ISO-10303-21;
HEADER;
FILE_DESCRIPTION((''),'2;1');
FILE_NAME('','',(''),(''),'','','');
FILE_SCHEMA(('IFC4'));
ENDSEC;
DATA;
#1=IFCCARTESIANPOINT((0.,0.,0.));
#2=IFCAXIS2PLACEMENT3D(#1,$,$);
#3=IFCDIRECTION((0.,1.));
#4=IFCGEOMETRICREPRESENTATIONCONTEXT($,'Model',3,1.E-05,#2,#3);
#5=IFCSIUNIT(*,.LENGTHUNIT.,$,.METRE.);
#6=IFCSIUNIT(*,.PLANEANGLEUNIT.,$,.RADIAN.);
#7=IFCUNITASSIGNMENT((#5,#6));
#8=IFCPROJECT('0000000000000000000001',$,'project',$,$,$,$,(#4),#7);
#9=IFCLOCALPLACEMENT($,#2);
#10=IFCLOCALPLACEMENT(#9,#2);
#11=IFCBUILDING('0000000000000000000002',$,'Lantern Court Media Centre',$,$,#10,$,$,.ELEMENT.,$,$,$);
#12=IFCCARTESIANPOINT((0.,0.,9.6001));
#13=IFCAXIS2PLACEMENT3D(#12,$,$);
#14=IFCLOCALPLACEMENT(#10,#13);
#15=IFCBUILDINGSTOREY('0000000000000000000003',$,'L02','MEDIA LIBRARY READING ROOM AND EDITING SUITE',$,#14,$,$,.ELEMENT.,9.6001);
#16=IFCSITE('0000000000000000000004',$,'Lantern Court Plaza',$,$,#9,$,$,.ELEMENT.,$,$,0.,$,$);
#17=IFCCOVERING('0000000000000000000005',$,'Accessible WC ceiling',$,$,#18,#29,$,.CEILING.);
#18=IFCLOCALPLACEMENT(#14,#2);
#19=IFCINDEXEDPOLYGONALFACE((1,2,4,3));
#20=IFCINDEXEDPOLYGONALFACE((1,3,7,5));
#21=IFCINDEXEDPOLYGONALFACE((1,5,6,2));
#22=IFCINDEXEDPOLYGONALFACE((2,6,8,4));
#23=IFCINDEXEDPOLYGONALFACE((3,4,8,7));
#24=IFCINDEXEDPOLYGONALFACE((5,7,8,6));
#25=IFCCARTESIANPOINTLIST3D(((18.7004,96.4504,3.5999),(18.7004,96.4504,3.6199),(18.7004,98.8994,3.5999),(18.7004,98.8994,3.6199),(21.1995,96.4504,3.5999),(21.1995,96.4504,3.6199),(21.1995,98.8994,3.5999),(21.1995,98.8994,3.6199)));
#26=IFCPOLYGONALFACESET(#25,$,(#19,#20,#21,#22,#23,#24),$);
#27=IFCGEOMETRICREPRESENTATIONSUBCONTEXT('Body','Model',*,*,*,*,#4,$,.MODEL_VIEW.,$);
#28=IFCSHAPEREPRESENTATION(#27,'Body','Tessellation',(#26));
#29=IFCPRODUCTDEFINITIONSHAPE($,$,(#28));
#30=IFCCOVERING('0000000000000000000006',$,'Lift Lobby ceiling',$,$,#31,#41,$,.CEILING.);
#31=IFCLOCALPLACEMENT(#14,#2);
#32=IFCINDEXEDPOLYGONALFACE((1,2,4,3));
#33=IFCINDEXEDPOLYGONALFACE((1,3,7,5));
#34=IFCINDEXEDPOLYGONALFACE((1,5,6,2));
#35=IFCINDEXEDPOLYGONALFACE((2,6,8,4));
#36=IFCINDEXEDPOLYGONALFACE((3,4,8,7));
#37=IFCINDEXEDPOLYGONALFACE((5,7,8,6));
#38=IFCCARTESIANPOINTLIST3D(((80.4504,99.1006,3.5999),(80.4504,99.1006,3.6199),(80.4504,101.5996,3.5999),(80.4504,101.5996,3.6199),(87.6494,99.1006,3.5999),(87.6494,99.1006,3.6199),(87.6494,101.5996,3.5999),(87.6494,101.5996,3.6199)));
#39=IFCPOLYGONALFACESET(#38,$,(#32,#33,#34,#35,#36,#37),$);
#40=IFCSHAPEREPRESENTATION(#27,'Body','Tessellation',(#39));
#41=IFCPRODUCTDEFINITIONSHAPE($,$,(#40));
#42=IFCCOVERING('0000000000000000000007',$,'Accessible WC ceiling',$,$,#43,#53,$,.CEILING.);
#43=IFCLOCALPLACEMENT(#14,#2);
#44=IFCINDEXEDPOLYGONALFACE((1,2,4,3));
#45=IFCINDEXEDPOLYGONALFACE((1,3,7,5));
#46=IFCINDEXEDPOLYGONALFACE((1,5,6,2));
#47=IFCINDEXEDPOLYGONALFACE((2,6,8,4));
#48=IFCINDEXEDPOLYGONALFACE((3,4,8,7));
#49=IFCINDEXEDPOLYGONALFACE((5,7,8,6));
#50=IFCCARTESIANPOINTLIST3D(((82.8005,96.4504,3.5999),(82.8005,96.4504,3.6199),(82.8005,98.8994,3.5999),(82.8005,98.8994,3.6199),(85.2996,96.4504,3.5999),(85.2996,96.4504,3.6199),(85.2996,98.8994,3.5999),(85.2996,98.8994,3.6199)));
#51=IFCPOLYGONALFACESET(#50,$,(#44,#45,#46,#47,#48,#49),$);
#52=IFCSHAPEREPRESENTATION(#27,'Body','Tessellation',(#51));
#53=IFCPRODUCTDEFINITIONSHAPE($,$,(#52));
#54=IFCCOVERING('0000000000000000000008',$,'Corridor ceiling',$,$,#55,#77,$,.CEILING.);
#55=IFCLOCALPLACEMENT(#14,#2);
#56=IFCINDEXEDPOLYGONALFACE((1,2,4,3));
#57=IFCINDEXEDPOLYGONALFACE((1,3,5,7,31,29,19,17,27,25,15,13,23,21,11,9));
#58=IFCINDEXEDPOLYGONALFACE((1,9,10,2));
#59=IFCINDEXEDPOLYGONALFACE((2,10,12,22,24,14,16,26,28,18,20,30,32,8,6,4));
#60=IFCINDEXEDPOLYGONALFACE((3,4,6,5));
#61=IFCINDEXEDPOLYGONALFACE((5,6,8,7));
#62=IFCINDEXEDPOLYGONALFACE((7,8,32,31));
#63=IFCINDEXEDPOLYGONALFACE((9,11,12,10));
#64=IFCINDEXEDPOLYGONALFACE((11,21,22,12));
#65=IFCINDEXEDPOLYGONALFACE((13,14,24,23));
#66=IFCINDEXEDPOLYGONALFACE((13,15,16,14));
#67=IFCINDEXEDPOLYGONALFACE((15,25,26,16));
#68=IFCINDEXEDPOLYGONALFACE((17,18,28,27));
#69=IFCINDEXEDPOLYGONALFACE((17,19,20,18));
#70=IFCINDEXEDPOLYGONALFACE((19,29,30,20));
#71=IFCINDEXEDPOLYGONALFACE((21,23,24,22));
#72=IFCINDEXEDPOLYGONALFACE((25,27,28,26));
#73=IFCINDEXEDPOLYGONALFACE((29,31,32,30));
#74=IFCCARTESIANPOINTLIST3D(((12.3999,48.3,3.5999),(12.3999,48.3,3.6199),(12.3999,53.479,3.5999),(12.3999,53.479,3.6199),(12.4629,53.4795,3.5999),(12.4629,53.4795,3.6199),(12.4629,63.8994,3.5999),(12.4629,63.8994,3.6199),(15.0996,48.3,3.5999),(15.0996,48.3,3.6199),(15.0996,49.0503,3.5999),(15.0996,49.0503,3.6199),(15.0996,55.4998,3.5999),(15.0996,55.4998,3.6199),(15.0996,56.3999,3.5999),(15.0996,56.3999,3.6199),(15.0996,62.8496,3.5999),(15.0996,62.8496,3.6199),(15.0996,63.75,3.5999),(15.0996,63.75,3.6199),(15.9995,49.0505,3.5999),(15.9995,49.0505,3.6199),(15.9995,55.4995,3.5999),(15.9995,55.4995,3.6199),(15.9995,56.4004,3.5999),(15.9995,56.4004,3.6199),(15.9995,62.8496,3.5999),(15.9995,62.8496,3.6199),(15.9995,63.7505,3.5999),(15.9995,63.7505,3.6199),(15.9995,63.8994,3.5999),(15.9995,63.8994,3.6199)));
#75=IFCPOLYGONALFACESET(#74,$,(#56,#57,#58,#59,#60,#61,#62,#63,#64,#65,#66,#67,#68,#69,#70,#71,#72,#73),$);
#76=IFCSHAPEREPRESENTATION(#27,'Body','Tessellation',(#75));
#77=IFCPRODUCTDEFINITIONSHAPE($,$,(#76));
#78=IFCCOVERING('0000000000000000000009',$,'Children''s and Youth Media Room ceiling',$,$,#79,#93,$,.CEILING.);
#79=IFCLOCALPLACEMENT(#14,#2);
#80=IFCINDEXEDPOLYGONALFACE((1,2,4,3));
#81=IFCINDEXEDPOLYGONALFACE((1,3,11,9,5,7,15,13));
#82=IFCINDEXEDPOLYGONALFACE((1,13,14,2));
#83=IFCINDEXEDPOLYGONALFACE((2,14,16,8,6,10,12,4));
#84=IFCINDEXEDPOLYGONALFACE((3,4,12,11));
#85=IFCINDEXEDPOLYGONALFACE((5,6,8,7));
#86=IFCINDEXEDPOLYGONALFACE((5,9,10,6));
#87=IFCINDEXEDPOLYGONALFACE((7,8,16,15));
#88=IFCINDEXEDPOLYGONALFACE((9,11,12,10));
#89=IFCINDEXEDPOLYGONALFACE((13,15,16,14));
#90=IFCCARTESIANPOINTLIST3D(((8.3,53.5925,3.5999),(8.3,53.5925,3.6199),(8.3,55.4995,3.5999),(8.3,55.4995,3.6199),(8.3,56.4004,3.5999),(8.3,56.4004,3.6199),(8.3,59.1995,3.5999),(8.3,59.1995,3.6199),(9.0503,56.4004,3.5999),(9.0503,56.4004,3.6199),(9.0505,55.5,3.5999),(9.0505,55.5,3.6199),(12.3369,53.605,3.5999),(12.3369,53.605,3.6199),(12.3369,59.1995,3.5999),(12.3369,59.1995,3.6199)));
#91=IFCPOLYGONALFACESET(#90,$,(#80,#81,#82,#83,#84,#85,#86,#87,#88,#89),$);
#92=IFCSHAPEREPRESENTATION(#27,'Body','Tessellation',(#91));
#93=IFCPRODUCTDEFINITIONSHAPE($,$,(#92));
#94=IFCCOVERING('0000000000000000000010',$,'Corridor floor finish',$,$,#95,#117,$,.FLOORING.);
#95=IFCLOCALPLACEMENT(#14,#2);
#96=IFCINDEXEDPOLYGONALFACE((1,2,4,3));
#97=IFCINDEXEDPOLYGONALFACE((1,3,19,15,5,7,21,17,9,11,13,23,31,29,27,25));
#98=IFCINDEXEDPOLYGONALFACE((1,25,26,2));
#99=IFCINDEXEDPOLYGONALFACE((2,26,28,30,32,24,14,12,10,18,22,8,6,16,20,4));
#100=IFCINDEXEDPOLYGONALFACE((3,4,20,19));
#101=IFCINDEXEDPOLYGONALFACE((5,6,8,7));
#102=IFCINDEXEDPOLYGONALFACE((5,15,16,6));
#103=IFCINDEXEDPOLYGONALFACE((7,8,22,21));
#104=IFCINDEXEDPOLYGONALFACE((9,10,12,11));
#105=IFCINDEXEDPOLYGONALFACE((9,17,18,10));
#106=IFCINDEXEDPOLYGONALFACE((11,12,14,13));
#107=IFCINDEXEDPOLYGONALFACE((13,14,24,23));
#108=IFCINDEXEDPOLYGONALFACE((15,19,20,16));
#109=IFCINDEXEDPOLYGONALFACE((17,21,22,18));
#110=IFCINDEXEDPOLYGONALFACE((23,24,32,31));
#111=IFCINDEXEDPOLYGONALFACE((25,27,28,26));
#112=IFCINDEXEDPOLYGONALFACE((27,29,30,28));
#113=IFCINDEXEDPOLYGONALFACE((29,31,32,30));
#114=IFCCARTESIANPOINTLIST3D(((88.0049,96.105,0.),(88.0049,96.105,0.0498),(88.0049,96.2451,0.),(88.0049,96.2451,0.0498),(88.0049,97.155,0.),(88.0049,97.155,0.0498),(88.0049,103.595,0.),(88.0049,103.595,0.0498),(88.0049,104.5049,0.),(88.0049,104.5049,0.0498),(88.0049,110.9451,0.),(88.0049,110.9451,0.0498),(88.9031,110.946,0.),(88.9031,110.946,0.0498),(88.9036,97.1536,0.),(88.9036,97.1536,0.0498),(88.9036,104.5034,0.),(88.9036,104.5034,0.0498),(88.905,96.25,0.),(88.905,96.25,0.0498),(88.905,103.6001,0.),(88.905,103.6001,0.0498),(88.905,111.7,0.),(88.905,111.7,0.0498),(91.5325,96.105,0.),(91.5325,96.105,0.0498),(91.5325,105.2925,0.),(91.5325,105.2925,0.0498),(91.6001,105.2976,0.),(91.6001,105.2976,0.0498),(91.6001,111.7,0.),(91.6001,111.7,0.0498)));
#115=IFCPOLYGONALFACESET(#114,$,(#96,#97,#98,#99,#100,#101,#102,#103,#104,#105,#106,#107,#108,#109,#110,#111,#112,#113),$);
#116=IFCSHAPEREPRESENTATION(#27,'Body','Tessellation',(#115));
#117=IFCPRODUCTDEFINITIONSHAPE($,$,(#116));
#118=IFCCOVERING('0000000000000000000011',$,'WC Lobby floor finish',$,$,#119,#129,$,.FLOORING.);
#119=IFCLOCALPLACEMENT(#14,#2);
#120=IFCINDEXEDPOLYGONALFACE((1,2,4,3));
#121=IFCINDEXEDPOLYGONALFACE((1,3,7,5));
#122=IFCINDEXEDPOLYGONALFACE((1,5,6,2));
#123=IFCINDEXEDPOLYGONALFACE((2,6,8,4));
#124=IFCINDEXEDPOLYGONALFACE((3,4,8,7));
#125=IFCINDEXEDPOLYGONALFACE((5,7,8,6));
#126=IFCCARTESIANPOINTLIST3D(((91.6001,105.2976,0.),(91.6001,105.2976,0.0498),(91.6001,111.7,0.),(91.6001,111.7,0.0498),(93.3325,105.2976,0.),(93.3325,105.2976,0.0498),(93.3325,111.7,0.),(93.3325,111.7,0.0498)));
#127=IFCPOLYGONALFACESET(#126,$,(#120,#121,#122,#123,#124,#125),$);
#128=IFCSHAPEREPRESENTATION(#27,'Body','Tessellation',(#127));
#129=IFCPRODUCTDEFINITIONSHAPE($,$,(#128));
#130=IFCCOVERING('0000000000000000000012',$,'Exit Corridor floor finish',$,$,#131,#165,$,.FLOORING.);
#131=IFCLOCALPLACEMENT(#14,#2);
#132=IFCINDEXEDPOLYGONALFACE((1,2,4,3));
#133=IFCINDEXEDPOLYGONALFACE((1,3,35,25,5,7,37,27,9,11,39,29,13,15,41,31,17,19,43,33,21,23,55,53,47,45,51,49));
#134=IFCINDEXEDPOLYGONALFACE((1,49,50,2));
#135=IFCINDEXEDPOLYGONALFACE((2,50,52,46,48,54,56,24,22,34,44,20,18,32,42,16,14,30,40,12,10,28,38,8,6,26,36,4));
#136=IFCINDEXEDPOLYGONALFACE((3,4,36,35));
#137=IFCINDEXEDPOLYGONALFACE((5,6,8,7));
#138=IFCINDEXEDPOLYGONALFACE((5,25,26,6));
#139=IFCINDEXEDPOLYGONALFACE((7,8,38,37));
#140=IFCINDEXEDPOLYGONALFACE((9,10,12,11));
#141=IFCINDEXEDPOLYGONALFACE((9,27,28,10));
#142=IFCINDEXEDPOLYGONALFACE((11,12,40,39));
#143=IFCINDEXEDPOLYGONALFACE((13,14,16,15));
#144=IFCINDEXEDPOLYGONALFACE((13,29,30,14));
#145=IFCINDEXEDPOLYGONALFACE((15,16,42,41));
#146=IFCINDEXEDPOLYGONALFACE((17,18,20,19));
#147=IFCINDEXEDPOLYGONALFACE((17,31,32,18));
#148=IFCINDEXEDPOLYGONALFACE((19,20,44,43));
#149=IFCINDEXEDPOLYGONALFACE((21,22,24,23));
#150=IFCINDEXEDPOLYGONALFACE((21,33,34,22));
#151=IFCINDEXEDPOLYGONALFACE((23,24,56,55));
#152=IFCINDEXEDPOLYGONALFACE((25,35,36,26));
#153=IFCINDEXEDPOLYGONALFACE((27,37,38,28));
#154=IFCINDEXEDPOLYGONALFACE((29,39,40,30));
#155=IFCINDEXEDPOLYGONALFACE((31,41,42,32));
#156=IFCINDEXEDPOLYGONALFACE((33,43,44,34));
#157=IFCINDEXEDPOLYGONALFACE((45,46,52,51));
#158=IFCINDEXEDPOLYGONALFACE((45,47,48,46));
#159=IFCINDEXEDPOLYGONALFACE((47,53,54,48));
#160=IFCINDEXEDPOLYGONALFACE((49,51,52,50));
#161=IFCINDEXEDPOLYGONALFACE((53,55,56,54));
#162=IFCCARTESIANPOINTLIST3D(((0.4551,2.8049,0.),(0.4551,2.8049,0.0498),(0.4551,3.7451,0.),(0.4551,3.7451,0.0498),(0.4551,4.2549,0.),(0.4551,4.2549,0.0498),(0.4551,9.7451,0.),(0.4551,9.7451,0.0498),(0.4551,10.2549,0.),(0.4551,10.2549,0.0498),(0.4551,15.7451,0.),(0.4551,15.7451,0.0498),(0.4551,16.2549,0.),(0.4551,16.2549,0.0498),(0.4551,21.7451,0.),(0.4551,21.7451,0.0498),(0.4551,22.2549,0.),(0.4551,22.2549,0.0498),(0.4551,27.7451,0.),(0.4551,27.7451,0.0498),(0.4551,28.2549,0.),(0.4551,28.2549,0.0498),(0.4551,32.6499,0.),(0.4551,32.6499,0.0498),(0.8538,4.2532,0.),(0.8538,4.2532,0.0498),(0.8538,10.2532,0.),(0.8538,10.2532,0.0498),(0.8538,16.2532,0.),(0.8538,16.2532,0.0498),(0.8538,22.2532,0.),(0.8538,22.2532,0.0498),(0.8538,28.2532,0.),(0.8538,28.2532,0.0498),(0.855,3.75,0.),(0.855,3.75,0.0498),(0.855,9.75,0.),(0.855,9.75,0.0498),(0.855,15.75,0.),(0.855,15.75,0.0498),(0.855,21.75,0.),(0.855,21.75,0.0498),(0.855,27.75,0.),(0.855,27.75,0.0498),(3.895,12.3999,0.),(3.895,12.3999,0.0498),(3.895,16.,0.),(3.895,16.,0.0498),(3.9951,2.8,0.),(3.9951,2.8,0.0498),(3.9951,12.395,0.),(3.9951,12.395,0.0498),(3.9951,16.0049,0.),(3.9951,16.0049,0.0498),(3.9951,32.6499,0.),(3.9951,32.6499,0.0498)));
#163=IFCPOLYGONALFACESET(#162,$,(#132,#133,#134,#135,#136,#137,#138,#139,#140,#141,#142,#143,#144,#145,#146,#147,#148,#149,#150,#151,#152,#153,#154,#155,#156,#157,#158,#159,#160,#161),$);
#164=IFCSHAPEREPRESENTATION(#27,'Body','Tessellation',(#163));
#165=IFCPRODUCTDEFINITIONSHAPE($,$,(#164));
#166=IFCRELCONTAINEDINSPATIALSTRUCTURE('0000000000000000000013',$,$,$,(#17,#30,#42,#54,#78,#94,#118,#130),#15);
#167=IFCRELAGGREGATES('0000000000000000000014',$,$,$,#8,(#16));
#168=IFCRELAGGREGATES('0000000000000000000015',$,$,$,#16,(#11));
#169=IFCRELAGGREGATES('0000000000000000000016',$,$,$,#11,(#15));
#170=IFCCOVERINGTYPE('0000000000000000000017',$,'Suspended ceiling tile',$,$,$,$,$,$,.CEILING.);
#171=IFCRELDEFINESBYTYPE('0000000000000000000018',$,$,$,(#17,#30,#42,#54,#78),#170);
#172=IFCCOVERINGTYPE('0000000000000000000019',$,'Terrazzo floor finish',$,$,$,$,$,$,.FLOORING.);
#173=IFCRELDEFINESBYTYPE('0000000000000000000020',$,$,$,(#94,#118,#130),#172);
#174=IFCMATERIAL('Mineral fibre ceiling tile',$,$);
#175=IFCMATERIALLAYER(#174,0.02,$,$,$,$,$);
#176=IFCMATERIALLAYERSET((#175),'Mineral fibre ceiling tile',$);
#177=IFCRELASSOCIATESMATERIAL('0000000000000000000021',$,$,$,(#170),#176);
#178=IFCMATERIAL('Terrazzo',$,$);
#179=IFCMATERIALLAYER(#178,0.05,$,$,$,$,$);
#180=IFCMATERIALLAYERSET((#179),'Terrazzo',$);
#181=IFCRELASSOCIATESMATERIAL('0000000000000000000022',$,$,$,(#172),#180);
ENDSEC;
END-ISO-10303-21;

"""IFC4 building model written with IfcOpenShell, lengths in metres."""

from ifc_helpers import new_model, si_unit, direction, frame, origin, place, context, subcontext, project, spatial, polyline, outline, extrude, material, layer, layer_set, type_object, element, save


model = new_model("IFC4")

# Units and contexts
model_context = context("Model", 3, precision=1e-05, world=origin(), true_north=direction((0.0, 1.0)))
body_context = subcontext(model_context, "Body", "Model", "MODEL_VIEW")
ifc_project = project(units=[si_unit("LENGTHUNIT", "METRE"), si_unit("PLANEANGLEUNIT", "RADIAN")], contexts=[model_context])

# Site, building, storey
site_placement = place(None, origin())
site = spatial("IfcSite", under=ifc_project, at=site_placement, Name="Lantern Court Plaza", CompositionType="ELEMENT", RefElevation=0.0)
building_placement = place(site_placement, origin())
building = spatial("IfcBuilding", under=site, at=building_placement, Name="Lantern Court Media Centre", CompositionType="ELEMENT")
storey_placement = place(building_placement, frame((0.0, 0.0, 9.6001)))
storey = spatial("IfcBuildingStorey", under=building, at=storey_placement, Name="L02", Description="MEDIA LIBRARY READING ROOM AND EDITING SUITE", CompositionType="ELEMENT", Elevation=9.6001)

# Coverings
ifc_material_1 = material(Name="Mineral fibre ceiling tile")
ifc_layer_1 = layer(ifc_material_1, 0.02)
ifc_layer_set_1 = layer_set([ifc_layer_1], Name="Mineral fibre ceiling tile")
covering_type_1 = type_object("IfcCoveringType", Name="Suspended ceiling tile", PredefinedType="CEILING", material=ifc_layer_set_1)
covering_1_placement = place(storey_placement, frame((0.0, 0.0, 3.5999)))
element("IfcCovering", 1, at=covering_1_placement, inside=storey, type_object=covering_type_1, Name="Accessible WC ceiling", PredefinedType="CEILING", context=body_context, shape_type="SweptSolid", body=[
    extrude(outline(polyline([(18.7004, 98.8994), (21.1995, 98.8994), (21.1995, 96.4504), (18.7004, 96.4504), (18.7004, 98.8994)])), origin(), (0.0, 0.0, 1.0), 0.02),
])
covering_2_placement = place(storey_placement, frame((0.0, 0.0, 3.5999)))
element("IfcCovering", 2, at=covering_2_placement, inside=storey, type_object=covering_type_1, Name="Lift Lobby ceiling", PredefinedType="CEILING", context=body_context, shape_type="SweptSolid", body=[
    extrude(outline(polyline([(80.4504, 101.5996), (87.6494, 101.5996), (87.6494, 99.1006), (80.4504, 99.1006), (80.4504, 101.5996)])), origin(), (0.0, 0.0, 1.0), 0.02),
])
covering_3_placement = place(storey_placement, frame((0.0, 0.0, 3.5999)))
element("IfcCovering", 3, at=covering_3_placement, inside=storey, type_object=covering_type_1, Name="Accessible WC ceiling", PredefinedType="CEILING", context=body_context, shape_type="SweptSolid", body=[
    extrude(outline(polyline([(82.8005, 96.4504), (82.8005, 98.8994), (85.2996, 98.8994), (85.2996, 96.4504), (82.8005, 96.4504)])), origin(), (0.0, 0.0, 1.0), 0.02),
])
covering_4_placement = place(storey_placement, frame((0.0, 0.0, 3.5999)))
element("IfcCovering", 4, at=covering_4_placement, inside=storey, type_object=covering_type_1, Name="Corridor ceiling", PredefinedType="CEILING", context=body_context, shape_type="SweptSolid", body=[
    extrude(outline(polyline([(12.3999, 48.3), (12.3999, 53.479), (12.4629, 53.4795), (12.4629, 63.8994), (15.9995, 63.8994), (15.9995, 63.7505), (15.0996, 63.75), (15.0996, 62.8496), (15.9995, 62.8496), (15.9995, 56.4004), (15.0996, 56.3999), (15.0996, 55.4998), (15.9995, 55.4995), (15.9995, 49.0505), (15.0996, 49.0503), (15.0996, 48.3), (12.3999, 48.3)])), origin(), (0.0, 0.0, 1.0), 0.02),
])
covering_5_placement = place(storey_placement, frame((0.0, 0.0, 3.5999)))
element("IfcCovering", 5, at=covering_5_placement, inside=storey, type_object=covering_type_1, Name="Children's and Youth Media Room ceiling", PredefinedType="CEILING", context=body_context, shape_type="SweptSolid", body=[
    extrude(outline(polyline([(8.3, 59.1995), (12.3369, 59.1995), (12.3369, 53.605), (8.3, 53.5925), (8.3, 55.4995), (9.0505, 55.5), (9.0503, 56.4004), (8.3, 56.4004), (8.3, 59.1995)])), origin(), (0.0, 0.0, 1.0), 0.02),
])
ifc_material_2 = material(Name="Terrazzo")
ifc_layer_2 = layer(ifc_material_2, 0.05)
ifc_layer_set_2 = layer_set([ifc_layer_2], Name="Terrazzo")
covering_type_2 = type_object("IfcCoveringType", Name="Terrazzo floor finish", PredefinedType="FLOORING", material=ifc_layer_set_2)
covering_6_placement = place(storey_placement, origin())
element("IfcCovering", 6, at=covering_6_placement, inside=storey, type_object=covering_type_2, Name="Corridor floor finish", PredefinedType="FLOORING", context=body_context, shape_type="SweptSolid", body=[
    extrude(outline(polyline([(91.6001, 111.7), (91.6001, 105.2976), (91.5325, 105.2925), (91.5325, 96.105), (88.0049, 96.105), (88.0049, 96.2451), (88.905, 96.25), (88.9036, 97.1536), (88.0049, 97.155), (88.0049, 103.595), (88.905, 103.6001), (88.9036, 104.5034), (88.0049, 104.5049), (88.0049, 110.9451), (88.9031, 110.946), (88.905, 111.7), (91.6001, 111.7)])), origin(), (0.0, 0.0, 1.0), 0.0498),
])
covering_7_placement = place(storey_placement, origin())
element("IfcCovering", 7, at=covering_7_placement, inside=storey, type_object=covering_type_2, Name="WC Lobby floor finish", PredefinedType="FLOORING", context=body_context, shape_type="SweptSolid", body=[
    extrude(outline(polyline([(91.6001, 111.7), (93.3325, 111.7), (93.3325, 105.2976), (91.6001, 105.2976), (91.6001, 111.7)])), origin(), (0.0, 0.0, 1.0), 0.0498),
])
covering_8_placement = place(storey_placement, origin())
element("IfcCovering", 8, at=covering_8_placement, inside=storey, type_object=covering_type_2, Name="Exit Corridor floor finish", PredefinedType="FLOORING", context=body_context, shape_type="SweptSolid", body=[
    extrude(outline(polyline([(3.9951, 32.6499), (3.9951, 16.0049), (3.895, 16.0), (3.895, 12.3999), (3.9951, 12.395), (3.9951, 2.8), (0.4551, 2.8049), (0.4551, 3.7451), (0.855, 3.75), (0.8538, 4.2532), (0.4551, 4.2549), (0.4551, 9.7451), (0.855, 9.75), (0.8538, 10.2532), (0.4551, 10.2549), (0.4551, 15.7451), (0.855, 15.75), (0.8538, 16.2532), (0.4551, 16.2549), (0.4551, 21.7451), (0.855, 21.75), (0.8538, 22.2532), (0.4551, 22.2549), (0.4551, 27.7451), (0.855, 27.75), (0.8538, 28.2532), (0.4551, 28.2549), (0.4551, 32.6499), (3.9951, 32.6499)])), origin(), (0.0, 0.0, 1.0), 0.0498),
])

save(model, "model.ifc")
